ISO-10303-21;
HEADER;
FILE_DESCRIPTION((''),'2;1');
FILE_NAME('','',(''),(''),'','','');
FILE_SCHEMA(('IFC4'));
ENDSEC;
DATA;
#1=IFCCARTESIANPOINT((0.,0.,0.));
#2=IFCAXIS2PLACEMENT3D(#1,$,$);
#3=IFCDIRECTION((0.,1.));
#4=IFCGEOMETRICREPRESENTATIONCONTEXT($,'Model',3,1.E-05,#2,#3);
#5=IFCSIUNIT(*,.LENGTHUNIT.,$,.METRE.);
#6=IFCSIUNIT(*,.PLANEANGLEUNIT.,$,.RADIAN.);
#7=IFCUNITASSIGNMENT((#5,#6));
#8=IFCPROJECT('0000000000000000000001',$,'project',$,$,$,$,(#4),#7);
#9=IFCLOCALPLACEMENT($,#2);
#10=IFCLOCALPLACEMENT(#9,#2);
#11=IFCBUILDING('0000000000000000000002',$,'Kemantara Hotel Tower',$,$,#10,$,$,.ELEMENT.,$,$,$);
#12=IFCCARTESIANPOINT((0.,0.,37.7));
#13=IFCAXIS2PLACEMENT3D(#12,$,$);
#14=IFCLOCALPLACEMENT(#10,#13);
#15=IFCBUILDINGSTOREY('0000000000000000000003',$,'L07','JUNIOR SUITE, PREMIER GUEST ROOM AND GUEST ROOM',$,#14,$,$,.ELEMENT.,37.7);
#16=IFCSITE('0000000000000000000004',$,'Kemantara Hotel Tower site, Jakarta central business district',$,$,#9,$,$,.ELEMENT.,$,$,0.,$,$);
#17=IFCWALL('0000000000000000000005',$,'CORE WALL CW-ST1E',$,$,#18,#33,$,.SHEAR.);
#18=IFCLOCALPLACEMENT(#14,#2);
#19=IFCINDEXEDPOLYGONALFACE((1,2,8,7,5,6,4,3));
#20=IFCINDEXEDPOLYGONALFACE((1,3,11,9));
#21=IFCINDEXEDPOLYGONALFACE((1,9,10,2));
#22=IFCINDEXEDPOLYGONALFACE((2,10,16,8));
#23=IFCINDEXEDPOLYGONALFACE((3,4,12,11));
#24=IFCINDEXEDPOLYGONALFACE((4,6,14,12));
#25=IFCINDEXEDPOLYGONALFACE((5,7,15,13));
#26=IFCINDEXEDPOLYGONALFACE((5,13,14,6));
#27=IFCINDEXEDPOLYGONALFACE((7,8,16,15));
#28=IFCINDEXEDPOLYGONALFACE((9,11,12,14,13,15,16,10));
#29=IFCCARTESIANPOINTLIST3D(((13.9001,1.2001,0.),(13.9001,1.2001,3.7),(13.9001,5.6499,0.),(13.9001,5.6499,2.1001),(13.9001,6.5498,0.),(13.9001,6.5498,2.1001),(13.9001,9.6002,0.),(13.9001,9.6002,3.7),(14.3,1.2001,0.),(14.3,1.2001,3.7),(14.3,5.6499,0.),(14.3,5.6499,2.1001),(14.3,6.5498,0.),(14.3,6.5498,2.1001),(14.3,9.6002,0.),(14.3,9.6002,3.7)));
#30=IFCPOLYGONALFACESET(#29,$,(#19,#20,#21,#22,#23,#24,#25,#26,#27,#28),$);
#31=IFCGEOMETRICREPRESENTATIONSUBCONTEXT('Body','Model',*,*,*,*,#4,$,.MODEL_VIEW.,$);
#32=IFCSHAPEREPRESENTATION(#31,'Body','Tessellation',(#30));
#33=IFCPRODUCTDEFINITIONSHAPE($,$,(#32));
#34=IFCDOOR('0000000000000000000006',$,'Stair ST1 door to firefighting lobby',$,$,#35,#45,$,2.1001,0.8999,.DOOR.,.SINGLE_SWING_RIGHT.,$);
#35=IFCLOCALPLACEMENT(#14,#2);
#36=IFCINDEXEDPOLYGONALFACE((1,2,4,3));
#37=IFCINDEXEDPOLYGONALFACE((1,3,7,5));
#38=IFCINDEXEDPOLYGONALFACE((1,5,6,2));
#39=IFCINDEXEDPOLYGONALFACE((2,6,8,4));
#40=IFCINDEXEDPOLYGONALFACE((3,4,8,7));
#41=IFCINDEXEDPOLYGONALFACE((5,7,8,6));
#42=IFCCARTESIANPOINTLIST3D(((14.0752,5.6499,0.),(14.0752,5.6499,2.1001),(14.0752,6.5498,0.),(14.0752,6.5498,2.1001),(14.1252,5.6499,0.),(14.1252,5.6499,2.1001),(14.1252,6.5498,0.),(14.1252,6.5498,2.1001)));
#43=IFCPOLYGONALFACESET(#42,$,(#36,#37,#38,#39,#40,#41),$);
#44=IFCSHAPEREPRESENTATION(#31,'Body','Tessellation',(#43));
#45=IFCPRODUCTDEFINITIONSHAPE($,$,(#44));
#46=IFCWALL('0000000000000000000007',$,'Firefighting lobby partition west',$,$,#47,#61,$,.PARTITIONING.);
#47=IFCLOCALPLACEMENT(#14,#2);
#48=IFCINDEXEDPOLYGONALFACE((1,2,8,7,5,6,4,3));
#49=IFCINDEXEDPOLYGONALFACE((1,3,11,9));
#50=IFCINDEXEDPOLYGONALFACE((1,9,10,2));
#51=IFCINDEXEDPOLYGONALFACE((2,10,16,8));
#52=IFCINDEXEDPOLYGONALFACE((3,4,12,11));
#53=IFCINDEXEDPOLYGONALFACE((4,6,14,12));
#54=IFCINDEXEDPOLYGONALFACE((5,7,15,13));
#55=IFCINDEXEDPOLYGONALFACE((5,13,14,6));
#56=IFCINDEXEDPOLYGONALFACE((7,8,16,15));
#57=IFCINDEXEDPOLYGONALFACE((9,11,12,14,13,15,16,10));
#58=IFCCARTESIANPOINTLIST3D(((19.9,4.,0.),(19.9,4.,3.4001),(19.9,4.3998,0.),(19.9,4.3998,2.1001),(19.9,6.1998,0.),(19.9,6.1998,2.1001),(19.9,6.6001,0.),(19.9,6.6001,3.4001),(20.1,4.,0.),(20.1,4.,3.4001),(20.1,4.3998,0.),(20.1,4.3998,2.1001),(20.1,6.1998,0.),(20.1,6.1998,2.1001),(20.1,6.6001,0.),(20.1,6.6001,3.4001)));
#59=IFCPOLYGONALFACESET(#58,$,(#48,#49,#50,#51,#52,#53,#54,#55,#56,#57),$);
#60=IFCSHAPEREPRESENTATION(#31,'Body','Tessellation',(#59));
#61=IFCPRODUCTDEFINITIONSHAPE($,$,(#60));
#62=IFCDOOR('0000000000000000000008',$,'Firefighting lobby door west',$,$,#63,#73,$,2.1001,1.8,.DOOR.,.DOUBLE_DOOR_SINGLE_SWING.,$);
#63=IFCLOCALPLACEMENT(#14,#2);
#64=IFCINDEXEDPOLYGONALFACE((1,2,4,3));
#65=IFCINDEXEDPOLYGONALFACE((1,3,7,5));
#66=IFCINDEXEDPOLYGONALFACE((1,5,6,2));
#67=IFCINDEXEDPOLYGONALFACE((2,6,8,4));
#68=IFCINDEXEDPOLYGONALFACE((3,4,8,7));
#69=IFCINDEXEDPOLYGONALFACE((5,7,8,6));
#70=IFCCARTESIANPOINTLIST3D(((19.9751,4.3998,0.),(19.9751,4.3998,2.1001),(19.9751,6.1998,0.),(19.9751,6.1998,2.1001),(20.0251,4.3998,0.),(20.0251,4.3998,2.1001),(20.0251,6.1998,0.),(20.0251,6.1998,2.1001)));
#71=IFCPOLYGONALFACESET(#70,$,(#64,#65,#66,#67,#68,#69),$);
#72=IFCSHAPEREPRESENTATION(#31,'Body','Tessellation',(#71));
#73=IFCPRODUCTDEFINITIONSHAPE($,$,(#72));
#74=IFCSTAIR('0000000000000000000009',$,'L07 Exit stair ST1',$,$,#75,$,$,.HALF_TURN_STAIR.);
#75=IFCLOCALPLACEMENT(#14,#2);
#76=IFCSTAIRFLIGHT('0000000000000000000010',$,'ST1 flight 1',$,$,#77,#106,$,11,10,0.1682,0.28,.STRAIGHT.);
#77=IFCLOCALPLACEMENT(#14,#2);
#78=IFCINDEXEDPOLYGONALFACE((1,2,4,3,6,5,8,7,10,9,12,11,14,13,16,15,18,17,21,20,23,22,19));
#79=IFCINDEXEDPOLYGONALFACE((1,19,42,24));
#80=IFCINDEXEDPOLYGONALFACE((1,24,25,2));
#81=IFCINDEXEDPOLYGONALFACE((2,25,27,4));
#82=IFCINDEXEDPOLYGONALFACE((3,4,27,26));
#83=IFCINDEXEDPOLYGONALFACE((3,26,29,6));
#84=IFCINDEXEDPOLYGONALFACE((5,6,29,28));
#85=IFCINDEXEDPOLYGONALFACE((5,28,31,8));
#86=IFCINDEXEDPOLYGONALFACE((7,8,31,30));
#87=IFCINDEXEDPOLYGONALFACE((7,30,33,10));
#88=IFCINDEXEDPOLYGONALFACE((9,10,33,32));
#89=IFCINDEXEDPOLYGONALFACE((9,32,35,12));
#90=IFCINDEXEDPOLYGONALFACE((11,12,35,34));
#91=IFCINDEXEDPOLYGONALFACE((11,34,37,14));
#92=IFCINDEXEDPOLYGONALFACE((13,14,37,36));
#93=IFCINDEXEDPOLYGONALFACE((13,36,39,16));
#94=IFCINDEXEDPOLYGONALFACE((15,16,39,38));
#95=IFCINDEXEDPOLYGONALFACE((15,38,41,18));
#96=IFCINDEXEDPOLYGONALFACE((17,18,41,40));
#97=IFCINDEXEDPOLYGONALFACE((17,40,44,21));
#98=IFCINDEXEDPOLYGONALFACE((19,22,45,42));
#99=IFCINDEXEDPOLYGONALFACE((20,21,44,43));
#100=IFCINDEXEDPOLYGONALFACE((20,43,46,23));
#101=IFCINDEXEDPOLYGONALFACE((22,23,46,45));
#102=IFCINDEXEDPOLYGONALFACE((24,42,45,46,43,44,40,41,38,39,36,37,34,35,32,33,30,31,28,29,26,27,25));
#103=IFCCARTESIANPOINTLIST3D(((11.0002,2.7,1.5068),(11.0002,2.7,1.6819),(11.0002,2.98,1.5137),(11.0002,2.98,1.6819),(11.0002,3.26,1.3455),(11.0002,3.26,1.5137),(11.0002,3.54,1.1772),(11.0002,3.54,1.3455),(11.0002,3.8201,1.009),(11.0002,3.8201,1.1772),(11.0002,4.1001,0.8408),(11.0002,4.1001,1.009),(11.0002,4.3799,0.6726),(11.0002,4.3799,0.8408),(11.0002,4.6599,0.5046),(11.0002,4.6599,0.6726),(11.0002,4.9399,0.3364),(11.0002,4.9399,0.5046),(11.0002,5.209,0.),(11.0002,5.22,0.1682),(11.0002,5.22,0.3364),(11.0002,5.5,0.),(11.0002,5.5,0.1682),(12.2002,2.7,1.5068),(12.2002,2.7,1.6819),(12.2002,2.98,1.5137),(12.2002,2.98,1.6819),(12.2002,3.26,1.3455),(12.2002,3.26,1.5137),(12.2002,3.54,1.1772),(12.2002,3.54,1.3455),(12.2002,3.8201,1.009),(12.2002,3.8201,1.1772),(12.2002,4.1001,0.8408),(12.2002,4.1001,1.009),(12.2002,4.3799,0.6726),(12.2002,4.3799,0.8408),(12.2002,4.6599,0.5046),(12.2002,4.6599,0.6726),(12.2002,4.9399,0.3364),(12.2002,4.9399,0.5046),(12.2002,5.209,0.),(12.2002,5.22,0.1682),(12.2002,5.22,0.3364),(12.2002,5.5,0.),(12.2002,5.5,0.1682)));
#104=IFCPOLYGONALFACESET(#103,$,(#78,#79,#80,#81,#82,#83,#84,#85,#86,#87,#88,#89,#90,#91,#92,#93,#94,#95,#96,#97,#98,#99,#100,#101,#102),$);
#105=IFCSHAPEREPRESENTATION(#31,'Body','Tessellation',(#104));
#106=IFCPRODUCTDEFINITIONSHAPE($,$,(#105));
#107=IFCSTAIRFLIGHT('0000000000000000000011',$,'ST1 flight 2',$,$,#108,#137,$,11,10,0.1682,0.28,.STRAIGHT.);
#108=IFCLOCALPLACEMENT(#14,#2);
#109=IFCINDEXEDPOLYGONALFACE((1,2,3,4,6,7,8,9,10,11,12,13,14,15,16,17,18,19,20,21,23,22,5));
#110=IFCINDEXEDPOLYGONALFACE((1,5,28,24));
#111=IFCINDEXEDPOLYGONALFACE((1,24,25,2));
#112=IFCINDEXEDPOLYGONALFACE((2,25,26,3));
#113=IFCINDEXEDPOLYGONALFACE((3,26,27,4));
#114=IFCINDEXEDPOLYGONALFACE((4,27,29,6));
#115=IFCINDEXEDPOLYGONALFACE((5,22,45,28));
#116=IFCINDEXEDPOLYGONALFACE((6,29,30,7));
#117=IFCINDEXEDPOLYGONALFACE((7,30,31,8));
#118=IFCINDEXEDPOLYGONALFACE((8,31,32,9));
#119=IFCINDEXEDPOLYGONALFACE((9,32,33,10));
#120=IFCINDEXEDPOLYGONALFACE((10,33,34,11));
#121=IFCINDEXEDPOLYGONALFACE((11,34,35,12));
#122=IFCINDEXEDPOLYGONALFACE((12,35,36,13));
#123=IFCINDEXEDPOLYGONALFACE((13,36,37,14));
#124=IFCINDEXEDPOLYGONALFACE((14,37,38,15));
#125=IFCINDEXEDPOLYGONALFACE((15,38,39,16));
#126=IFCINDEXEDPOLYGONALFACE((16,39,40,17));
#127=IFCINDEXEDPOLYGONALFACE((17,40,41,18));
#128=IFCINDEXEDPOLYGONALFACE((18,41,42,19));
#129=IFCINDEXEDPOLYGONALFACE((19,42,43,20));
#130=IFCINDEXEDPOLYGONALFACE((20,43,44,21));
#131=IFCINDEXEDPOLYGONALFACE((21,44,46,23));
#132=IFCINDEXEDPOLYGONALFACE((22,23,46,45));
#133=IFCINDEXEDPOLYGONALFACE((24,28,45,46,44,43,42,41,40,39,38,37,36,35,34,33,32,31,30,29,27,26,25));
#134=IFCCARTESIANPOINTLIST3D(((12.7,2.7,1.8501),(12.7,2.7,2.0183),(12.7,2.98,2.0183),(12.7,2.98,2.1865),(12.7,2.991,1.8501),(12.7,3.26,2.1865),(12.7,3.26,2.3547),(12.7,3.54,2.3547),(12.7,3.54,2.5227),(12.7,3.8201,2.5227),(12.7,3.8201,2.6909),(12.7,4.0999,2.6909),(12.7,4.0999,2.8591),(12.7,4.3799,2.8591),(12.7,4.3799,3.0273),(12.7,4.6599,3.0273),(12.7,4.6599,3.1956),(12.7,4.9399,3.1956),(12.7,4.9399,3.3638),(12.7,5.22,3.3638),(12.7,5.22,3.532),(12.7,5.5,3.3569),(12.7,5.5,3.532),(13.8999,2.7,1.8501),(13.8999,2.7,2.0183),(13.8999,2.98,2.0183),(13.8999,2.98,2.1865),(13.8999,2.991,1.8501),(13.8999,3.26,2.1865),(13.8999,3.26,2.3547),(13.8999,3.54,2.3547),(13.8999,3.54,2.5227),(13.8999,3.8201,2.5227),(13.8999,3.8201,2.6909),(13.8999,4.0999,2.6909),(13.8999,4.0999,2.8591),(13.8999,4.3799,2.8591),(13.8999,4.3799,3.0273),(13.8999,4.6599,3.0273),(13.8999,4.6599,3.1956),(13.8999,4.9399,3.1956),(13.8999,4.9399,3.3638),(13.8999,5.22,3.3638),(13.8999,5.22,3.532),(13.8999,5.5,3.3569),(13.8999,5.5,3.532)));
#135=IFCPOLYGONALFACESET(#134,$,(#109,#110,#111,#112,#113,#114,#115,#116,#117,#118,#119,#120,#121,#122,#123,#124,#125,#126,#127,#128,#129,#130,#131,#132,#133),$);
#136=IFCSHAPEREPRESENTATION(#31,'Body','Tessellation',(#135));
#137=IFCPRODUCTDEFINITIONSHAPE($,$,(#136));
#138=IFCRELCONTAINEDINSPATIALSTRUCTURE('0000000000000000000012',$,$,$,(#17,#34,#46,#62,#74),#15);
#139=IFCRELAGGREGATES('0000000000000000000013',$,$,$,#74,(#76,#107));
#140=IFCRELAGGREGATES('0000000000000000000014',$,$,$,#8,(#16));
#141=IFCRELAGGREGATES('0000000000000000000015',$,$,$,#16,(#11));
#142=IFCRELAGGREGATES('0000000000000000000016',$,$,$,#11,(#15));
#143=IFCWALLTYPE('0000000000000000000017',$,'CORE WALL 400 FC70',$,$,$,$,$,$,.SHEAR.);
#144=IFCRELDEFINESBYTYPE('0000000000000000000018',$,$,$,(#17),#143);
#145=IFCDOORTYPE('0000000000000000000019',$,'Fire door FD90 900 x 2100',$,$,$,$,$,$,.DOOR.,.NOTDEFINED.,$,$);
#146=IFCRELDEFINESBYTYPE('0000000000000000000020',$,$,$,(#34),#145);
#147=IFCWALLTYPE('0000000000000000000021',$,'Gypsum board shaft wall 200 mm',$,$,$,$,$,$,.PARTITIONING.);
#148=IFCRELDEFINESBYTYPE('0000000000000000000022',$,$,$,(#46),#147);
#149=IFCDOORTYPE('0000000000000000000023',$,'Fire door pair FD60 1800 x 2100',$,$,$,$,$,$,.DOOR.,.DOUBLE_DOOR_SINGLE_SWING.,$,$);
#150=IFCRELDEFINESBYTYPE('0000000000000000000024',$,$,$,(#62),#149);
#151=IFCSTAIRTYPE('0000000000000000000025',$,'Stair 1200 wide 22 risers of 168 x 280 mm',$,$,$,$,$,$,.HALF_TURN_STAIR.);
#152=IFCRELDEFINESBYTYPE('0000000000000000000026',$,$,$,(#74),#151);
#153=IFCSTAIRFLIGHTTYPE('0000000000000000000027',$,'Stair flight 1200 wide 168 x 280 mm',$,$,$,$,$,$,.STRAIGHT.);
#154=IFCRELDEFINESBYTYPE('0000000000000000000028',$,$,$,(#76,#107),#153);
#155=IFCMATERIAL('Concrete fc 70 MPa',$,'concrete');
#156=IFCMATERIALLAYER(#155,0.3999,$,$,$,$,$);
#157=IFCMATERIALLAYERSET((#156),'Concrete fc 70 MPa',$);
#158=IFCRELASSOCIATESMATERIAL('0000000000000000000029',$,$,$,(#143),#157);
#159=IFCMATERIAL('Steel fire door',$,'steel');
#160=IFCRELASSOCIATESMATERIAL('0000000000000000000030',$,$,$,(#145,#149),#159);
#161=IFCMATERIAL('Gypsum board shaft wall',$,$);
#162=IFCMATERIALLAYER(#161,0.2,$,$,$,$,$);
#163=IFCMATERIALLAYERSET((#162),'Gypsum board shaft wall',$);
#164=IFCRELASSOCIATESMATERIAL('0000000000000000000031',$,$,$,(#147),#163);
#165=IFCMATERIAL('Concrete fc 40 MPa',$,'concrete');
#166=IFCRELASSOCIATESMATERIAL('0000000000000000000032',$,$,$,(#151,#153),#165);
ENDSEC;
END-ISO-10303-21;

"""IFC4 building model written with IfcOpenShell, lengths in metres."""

from ifc_helpers import new_model, si_unit, direction, frame, frame_2d, origin, place, context, subcontext, project, spatial, polyline, rectangle, outline, extrude, material, layer, layer_set, type_object, element, fill, aggregate, save


model = new_model("IFC4")

# Units and contexts
model_context = context("Model", 3, precision=1e-05, world=origin(), true_north=direction((0.0, 1.0)))
body_context = subcontext(model_context, "Body", "Model", "MODEL_VIEW")
ifc_project = project(units=[si_unit("LENGTHUNIT", "METRE"), si_unit("PLANEANGLEUNIT", "RADIAN")], contexts=[model_context])

# Site, building, storey
site_placement = place(None, origin())
site = spatial("IfcSite", under=ifc_project, at=site_placement, Name="Kemantara Hotel Tower site, Jakarta central business district", CompositionType="ELEMENT", RefElevation=0.0)
building_placement = place(site_placement, origin())
building = spatial("IfcBuilding", under=site, at=building_placement, Name="Kemantara Hotel Tower", CompositionType="ELEMENT")
storey_placement = place(building_placement, frame((0.0, 0.0, 37.7)))
storey = spatial("IfcBuildingStorey", under=building, at=storey_placement, Name="L07", Description="JUNIOR SUITE, PREMIER GUEST ROOM AND GUEST ROOM", CompositionType="ELEMENT", Elevation=37.7)

# Shared definitions
ifc_material_1 = material(Name="Concrete fc 70 MPa", Category="concrete")

# Shared definitions
ifc_layer_1 = layer(ifc_material_1, 0.3999)
ifc_layer_set_1 = layer_set([ifc_layer_1], Name="Concrete fc 70 MPa")
wall_type_1 = type_object("IfcWallType", Name="CORE WALL 400 FC70", PredefinedType="SHEAR", material=ifc_layer_set_1)

# Walls, openings, doors
wall_1_placement = place(storey_placement, frame((14.1001, 1.2, 0.0), z_axis=(0.0, 0.0, 1.0), x_axis=(0.0, 1.0, 0.0)))
wall_1 = element("IfcWall", 1, at=wall_1_placement, inside=storey, type_object=wall_type_1, Name="CORE WALL CW-ST1E", PredefinedType="SHEAR", context=body_context, shape_type="SweptSolid", body=[
    extrude(rectangle(XDim=8.4001, YDim=0.3999, at=frame_2d((4.2002, 0.0))), origin(), (0.0, 0.0, 1.0), 3.7),
])
opening_1_placement = place(wall_1_placement, frame((4.45, 0.0, 0.0)))
opening_1 = element("IfcOpeningElement", 2, at=opening_1_placement, cuts=wall_1, PredefinedType="OPENING", context=body_context, shape_type="SweptSolid", body=[
    extrude(rectangle(XDim=0.8999, YDim=2.1001, at=frame_2d((0.45, 1.05))), frame((0.0, 0.21, 0.0), z_axis=(0.0, -1.0, 0.0), x_axis=(1.0, 0.0, 0.0)), (0.0, 0.0, 1.0), 0.4199),
])
ifc_material_2 = material(Name="Steel fire door", Category="steel")
door_type_1 = type_object("IfcDoorType", Name="Fire door FD90 900 x 2100", OperationType="NOTDEFINED", PredefinedType="DOOR", material=ifc_material_2)
door_1_placement = place(opening_1_placement, origin())
door_1 = element("IfcDoor", 3, at=door_1_placement, inside=storey, type_object=door_type_1, Name="Stair ST1 door to firefighting lobby", OperationType="SINGLE_SWING_RIGHT", OverallHeight=2.1001, OverallWidth=0.8999, PredefinedType="DOOR", context=body_context, shape_type="SweptSolid", body=[
    extrude(rectangle(XDim=0.8999, YDim=2.1001, at=frame_2d((0.45, 1.05))), frame((0.0, 0.0249, 0.0), z_axis=(0.0, -1.0, 0.0), x_axis=(1.0, 0.0, 0.0)), (0.0, 0.0, 1.0), 0.05),
])
fill(opening_1, door_1)
ifc_material_3 = material(Name="Gypsum board shaft wall")
ifc_layer_2 = layer(ifc_material_3, 0.2)
ifc_layer_set_2 = layer_set([ifc_layer_2], Name="Gypsum board shaft wall")
wall_type_2 = type_object("IfcWallType", Name="Gypsum board shaft wall 200 mm", PredefinedType="PARTITIONING", material=ifc_layer_set_2)
wall_2_placement = place(storey_placement, frame((20.0, 4.0, 0.0), z_axis=(0.0, 0.0, 1.0), x_axis=(0.0, 1.0, 0.0)))
wall_2 = element("IfcWall", 4, at=wall_2_placement, inside=storey, type_object=wall_type_2, Name="Firefighting lobby partition west", PredefinedType="PARTITIONING", context=body_context, shape_type="SweptSolid", body=[
    extrude(rectangle(XDim=2.6001, YDim=0.2, at=frame_2d((1.3, 0.0))), origin(), (0.0, 0.0, 1.0), 3.4001),
])
opening_2_placement = place(wall_2_placement, frame((0.3999, 0.0, 0.0)))
opening_2 = element("IfcOpeningElement", 5, at=opening_2_placement, cuts=wall_2, PredefinedType="OPENING", context=body_context, shape_type="SweptSolid", body=[
    extrude(rectangle(XDim=1.8, YDim=2.1001, at=frame_2d((0.8999, 1.05))), frame((0.0, 0.1099, 0.0), z_axis=(0.0, -1.0, 0.0), x_axis=(1.0, 0.0, 0.0)), (0.0, 0.0, 1.0), 0.22),
])
door_type_2 = type_object("IfcDoorType", Name="Fire door pair FD60 1800 x 2100", OperationType="DOUBLE_DOOR_SINGLE_SWING", PredefinedType="DOOR", material=ifc_material_2)
door_2_placement = place(opening_2_placement, origin())
door_2 = element("IfcDoor", 6, at=door_2_placement, inside=storey, type_object=door_type_2, Name="Firefighting lobby door west", OperationType="DOUBLE_DOOR_SINGLE_SWING", OverallHeight=2.1001, OverallWidth=1.8, PredefinedType="DOOR", context=body_context, shape_type="SweptSolid", body=[
    extrude(rectangle(XDim=1.8, YDim=2.1001, at=frame_2d((0.8999, 1.05))), frame((0.0, 0.0249, 0.0), z_axis=(0.0, -1.0, 0.0), x_axis=(1.0, 0.0, 0.0)), (0.0, 0.0, 1.0), 0.05),
])
fill(opening_2, door_2)

# Stair, stair flights
ifc_material_4 = material(Name="Concrete fc 40 MPa", Category="concrete")
stair_type = type_object("IfcStairType", Name="Stair 1200 wide 22 risers of 168 x 280 mm", PredefinedType="HALF_TURN_STAIR", material=ifc_material_4)
stair_placement = place(storey_placement, origin())
stair = element("IfcStair", 7, at=stair_placement, inside=storey, type_object=stair_type, Name="L07 Exit stair ST1", PredefinedType="HALF_TURN_STAIR")
stair_flight_type = type_object("IfcStairFlightType", Name="Stair flight 1200 wide 168 x 280 mm", PredefinedType="STRAIGHT", material=ifc_material_4)
stair_flight_1_placement = place(storey_placement, frame((11.6001, 5.5, 0.0), z_axis=(0.0, 0.0, 1.0), x_axis=(0.0, -1.0, 0.0)))
stair_flight_1 = element("IfcStairFlight", 8, at=stair_flight_1_placement, type_object=stair_flight_type, Name="ST1 flight 1", NumberOfRisers=11, NumberOfTreads=10, PredefinedType="STRAIGHT", RiserHeight=0.1682, TreadLength=0.28, context=body_context, shape_type="SweptSolid", body=[
    extrude(outline(polyline([(0.0, 0.0), (0.0, 0.1682), (0.28, 0.1682), (0.28, 0.3364), (0.5601, 0.3364), (0.5601, 0.5046), (0.8401, 0.5046), (0.8401, 0.6726), (1.1201, 0.6726), (1.1201, 0.8408), (1.3999, 0.8408), (1.3999, 1.009), (1.6799, 1.009), (1.6799, 1.1772), (1.96, 1.1772), (1.96, 1.3455), (2.24, 1.3455), (2.24, 1.5137), (2.52, 1.5137), (2.52, 1.6819), (2.8, 1.6819), (2.8, 1.8501), (2.8, 1.5068), (0.291, 0.0), (0.0, 0.0)])), frame((0.0, 0.6001, 0.0), z_axis=(0.0, -1.0, 0.0), x_axis=(1.0, 0.0, 0.0)), (0.0, 0.0, 1.0), 1.2),
])
stair_flight_2_placement = place(storey_placement, frame((13.3, 2.7, 1.8501), z_axis=(0.0, 0.0, 1.0), x_axis=(0.0, 1.0, 0.0)))
stair_flight_2 = element("IfcStairFlight", 9, at=stair_flight_2_placement, type_object=stair_flight_type, Name="ST1 flight 2", NumberOfRisers=11, NumberOfTreads=10, PredefinedType="STRAIGHT", RiserHeight=0.1682, TreadLength=0.28, context=body_context, shape_type="SweptSolid", body=[
    extrude(outline(polyline([(0.0, 0.0), (0.0, 0.1682), (0.28, 0.1682), (0.28, 0.3364), (0.5601, 0.3364), (0.5601, 0.5046), (0.8401, 0.5046), (0.8401, 0.6726), (1.1201, 0.6726), (1.1201, 0.8408), (1.3999, 0.8408), (1.3999, 1.009), (1.6799, 1.009), (1.6799, 1.1772), (1.96, 1.1772), (1.96, 1.3455), (2.24, 1.3455), (2.24, 1.5137), (2.52, 1.5137), (2.52, 1.6819), (2.8, 1.6819), (2.8, 1.8501), (2.8, 1.5068), (0.291, 0.0), (0.0, 0.0)])), frame((0.0, 0.6001, 0.0), z_axis=(0.0, -1.0, 0.0), x_axis=(1.0, 0.0, 0.0)), (0.0, 0.0, 1.0), 1.2),
])
aggregate(stair, [stair_flight_1, stair_flight_2])

save(model, "model.ifc")
